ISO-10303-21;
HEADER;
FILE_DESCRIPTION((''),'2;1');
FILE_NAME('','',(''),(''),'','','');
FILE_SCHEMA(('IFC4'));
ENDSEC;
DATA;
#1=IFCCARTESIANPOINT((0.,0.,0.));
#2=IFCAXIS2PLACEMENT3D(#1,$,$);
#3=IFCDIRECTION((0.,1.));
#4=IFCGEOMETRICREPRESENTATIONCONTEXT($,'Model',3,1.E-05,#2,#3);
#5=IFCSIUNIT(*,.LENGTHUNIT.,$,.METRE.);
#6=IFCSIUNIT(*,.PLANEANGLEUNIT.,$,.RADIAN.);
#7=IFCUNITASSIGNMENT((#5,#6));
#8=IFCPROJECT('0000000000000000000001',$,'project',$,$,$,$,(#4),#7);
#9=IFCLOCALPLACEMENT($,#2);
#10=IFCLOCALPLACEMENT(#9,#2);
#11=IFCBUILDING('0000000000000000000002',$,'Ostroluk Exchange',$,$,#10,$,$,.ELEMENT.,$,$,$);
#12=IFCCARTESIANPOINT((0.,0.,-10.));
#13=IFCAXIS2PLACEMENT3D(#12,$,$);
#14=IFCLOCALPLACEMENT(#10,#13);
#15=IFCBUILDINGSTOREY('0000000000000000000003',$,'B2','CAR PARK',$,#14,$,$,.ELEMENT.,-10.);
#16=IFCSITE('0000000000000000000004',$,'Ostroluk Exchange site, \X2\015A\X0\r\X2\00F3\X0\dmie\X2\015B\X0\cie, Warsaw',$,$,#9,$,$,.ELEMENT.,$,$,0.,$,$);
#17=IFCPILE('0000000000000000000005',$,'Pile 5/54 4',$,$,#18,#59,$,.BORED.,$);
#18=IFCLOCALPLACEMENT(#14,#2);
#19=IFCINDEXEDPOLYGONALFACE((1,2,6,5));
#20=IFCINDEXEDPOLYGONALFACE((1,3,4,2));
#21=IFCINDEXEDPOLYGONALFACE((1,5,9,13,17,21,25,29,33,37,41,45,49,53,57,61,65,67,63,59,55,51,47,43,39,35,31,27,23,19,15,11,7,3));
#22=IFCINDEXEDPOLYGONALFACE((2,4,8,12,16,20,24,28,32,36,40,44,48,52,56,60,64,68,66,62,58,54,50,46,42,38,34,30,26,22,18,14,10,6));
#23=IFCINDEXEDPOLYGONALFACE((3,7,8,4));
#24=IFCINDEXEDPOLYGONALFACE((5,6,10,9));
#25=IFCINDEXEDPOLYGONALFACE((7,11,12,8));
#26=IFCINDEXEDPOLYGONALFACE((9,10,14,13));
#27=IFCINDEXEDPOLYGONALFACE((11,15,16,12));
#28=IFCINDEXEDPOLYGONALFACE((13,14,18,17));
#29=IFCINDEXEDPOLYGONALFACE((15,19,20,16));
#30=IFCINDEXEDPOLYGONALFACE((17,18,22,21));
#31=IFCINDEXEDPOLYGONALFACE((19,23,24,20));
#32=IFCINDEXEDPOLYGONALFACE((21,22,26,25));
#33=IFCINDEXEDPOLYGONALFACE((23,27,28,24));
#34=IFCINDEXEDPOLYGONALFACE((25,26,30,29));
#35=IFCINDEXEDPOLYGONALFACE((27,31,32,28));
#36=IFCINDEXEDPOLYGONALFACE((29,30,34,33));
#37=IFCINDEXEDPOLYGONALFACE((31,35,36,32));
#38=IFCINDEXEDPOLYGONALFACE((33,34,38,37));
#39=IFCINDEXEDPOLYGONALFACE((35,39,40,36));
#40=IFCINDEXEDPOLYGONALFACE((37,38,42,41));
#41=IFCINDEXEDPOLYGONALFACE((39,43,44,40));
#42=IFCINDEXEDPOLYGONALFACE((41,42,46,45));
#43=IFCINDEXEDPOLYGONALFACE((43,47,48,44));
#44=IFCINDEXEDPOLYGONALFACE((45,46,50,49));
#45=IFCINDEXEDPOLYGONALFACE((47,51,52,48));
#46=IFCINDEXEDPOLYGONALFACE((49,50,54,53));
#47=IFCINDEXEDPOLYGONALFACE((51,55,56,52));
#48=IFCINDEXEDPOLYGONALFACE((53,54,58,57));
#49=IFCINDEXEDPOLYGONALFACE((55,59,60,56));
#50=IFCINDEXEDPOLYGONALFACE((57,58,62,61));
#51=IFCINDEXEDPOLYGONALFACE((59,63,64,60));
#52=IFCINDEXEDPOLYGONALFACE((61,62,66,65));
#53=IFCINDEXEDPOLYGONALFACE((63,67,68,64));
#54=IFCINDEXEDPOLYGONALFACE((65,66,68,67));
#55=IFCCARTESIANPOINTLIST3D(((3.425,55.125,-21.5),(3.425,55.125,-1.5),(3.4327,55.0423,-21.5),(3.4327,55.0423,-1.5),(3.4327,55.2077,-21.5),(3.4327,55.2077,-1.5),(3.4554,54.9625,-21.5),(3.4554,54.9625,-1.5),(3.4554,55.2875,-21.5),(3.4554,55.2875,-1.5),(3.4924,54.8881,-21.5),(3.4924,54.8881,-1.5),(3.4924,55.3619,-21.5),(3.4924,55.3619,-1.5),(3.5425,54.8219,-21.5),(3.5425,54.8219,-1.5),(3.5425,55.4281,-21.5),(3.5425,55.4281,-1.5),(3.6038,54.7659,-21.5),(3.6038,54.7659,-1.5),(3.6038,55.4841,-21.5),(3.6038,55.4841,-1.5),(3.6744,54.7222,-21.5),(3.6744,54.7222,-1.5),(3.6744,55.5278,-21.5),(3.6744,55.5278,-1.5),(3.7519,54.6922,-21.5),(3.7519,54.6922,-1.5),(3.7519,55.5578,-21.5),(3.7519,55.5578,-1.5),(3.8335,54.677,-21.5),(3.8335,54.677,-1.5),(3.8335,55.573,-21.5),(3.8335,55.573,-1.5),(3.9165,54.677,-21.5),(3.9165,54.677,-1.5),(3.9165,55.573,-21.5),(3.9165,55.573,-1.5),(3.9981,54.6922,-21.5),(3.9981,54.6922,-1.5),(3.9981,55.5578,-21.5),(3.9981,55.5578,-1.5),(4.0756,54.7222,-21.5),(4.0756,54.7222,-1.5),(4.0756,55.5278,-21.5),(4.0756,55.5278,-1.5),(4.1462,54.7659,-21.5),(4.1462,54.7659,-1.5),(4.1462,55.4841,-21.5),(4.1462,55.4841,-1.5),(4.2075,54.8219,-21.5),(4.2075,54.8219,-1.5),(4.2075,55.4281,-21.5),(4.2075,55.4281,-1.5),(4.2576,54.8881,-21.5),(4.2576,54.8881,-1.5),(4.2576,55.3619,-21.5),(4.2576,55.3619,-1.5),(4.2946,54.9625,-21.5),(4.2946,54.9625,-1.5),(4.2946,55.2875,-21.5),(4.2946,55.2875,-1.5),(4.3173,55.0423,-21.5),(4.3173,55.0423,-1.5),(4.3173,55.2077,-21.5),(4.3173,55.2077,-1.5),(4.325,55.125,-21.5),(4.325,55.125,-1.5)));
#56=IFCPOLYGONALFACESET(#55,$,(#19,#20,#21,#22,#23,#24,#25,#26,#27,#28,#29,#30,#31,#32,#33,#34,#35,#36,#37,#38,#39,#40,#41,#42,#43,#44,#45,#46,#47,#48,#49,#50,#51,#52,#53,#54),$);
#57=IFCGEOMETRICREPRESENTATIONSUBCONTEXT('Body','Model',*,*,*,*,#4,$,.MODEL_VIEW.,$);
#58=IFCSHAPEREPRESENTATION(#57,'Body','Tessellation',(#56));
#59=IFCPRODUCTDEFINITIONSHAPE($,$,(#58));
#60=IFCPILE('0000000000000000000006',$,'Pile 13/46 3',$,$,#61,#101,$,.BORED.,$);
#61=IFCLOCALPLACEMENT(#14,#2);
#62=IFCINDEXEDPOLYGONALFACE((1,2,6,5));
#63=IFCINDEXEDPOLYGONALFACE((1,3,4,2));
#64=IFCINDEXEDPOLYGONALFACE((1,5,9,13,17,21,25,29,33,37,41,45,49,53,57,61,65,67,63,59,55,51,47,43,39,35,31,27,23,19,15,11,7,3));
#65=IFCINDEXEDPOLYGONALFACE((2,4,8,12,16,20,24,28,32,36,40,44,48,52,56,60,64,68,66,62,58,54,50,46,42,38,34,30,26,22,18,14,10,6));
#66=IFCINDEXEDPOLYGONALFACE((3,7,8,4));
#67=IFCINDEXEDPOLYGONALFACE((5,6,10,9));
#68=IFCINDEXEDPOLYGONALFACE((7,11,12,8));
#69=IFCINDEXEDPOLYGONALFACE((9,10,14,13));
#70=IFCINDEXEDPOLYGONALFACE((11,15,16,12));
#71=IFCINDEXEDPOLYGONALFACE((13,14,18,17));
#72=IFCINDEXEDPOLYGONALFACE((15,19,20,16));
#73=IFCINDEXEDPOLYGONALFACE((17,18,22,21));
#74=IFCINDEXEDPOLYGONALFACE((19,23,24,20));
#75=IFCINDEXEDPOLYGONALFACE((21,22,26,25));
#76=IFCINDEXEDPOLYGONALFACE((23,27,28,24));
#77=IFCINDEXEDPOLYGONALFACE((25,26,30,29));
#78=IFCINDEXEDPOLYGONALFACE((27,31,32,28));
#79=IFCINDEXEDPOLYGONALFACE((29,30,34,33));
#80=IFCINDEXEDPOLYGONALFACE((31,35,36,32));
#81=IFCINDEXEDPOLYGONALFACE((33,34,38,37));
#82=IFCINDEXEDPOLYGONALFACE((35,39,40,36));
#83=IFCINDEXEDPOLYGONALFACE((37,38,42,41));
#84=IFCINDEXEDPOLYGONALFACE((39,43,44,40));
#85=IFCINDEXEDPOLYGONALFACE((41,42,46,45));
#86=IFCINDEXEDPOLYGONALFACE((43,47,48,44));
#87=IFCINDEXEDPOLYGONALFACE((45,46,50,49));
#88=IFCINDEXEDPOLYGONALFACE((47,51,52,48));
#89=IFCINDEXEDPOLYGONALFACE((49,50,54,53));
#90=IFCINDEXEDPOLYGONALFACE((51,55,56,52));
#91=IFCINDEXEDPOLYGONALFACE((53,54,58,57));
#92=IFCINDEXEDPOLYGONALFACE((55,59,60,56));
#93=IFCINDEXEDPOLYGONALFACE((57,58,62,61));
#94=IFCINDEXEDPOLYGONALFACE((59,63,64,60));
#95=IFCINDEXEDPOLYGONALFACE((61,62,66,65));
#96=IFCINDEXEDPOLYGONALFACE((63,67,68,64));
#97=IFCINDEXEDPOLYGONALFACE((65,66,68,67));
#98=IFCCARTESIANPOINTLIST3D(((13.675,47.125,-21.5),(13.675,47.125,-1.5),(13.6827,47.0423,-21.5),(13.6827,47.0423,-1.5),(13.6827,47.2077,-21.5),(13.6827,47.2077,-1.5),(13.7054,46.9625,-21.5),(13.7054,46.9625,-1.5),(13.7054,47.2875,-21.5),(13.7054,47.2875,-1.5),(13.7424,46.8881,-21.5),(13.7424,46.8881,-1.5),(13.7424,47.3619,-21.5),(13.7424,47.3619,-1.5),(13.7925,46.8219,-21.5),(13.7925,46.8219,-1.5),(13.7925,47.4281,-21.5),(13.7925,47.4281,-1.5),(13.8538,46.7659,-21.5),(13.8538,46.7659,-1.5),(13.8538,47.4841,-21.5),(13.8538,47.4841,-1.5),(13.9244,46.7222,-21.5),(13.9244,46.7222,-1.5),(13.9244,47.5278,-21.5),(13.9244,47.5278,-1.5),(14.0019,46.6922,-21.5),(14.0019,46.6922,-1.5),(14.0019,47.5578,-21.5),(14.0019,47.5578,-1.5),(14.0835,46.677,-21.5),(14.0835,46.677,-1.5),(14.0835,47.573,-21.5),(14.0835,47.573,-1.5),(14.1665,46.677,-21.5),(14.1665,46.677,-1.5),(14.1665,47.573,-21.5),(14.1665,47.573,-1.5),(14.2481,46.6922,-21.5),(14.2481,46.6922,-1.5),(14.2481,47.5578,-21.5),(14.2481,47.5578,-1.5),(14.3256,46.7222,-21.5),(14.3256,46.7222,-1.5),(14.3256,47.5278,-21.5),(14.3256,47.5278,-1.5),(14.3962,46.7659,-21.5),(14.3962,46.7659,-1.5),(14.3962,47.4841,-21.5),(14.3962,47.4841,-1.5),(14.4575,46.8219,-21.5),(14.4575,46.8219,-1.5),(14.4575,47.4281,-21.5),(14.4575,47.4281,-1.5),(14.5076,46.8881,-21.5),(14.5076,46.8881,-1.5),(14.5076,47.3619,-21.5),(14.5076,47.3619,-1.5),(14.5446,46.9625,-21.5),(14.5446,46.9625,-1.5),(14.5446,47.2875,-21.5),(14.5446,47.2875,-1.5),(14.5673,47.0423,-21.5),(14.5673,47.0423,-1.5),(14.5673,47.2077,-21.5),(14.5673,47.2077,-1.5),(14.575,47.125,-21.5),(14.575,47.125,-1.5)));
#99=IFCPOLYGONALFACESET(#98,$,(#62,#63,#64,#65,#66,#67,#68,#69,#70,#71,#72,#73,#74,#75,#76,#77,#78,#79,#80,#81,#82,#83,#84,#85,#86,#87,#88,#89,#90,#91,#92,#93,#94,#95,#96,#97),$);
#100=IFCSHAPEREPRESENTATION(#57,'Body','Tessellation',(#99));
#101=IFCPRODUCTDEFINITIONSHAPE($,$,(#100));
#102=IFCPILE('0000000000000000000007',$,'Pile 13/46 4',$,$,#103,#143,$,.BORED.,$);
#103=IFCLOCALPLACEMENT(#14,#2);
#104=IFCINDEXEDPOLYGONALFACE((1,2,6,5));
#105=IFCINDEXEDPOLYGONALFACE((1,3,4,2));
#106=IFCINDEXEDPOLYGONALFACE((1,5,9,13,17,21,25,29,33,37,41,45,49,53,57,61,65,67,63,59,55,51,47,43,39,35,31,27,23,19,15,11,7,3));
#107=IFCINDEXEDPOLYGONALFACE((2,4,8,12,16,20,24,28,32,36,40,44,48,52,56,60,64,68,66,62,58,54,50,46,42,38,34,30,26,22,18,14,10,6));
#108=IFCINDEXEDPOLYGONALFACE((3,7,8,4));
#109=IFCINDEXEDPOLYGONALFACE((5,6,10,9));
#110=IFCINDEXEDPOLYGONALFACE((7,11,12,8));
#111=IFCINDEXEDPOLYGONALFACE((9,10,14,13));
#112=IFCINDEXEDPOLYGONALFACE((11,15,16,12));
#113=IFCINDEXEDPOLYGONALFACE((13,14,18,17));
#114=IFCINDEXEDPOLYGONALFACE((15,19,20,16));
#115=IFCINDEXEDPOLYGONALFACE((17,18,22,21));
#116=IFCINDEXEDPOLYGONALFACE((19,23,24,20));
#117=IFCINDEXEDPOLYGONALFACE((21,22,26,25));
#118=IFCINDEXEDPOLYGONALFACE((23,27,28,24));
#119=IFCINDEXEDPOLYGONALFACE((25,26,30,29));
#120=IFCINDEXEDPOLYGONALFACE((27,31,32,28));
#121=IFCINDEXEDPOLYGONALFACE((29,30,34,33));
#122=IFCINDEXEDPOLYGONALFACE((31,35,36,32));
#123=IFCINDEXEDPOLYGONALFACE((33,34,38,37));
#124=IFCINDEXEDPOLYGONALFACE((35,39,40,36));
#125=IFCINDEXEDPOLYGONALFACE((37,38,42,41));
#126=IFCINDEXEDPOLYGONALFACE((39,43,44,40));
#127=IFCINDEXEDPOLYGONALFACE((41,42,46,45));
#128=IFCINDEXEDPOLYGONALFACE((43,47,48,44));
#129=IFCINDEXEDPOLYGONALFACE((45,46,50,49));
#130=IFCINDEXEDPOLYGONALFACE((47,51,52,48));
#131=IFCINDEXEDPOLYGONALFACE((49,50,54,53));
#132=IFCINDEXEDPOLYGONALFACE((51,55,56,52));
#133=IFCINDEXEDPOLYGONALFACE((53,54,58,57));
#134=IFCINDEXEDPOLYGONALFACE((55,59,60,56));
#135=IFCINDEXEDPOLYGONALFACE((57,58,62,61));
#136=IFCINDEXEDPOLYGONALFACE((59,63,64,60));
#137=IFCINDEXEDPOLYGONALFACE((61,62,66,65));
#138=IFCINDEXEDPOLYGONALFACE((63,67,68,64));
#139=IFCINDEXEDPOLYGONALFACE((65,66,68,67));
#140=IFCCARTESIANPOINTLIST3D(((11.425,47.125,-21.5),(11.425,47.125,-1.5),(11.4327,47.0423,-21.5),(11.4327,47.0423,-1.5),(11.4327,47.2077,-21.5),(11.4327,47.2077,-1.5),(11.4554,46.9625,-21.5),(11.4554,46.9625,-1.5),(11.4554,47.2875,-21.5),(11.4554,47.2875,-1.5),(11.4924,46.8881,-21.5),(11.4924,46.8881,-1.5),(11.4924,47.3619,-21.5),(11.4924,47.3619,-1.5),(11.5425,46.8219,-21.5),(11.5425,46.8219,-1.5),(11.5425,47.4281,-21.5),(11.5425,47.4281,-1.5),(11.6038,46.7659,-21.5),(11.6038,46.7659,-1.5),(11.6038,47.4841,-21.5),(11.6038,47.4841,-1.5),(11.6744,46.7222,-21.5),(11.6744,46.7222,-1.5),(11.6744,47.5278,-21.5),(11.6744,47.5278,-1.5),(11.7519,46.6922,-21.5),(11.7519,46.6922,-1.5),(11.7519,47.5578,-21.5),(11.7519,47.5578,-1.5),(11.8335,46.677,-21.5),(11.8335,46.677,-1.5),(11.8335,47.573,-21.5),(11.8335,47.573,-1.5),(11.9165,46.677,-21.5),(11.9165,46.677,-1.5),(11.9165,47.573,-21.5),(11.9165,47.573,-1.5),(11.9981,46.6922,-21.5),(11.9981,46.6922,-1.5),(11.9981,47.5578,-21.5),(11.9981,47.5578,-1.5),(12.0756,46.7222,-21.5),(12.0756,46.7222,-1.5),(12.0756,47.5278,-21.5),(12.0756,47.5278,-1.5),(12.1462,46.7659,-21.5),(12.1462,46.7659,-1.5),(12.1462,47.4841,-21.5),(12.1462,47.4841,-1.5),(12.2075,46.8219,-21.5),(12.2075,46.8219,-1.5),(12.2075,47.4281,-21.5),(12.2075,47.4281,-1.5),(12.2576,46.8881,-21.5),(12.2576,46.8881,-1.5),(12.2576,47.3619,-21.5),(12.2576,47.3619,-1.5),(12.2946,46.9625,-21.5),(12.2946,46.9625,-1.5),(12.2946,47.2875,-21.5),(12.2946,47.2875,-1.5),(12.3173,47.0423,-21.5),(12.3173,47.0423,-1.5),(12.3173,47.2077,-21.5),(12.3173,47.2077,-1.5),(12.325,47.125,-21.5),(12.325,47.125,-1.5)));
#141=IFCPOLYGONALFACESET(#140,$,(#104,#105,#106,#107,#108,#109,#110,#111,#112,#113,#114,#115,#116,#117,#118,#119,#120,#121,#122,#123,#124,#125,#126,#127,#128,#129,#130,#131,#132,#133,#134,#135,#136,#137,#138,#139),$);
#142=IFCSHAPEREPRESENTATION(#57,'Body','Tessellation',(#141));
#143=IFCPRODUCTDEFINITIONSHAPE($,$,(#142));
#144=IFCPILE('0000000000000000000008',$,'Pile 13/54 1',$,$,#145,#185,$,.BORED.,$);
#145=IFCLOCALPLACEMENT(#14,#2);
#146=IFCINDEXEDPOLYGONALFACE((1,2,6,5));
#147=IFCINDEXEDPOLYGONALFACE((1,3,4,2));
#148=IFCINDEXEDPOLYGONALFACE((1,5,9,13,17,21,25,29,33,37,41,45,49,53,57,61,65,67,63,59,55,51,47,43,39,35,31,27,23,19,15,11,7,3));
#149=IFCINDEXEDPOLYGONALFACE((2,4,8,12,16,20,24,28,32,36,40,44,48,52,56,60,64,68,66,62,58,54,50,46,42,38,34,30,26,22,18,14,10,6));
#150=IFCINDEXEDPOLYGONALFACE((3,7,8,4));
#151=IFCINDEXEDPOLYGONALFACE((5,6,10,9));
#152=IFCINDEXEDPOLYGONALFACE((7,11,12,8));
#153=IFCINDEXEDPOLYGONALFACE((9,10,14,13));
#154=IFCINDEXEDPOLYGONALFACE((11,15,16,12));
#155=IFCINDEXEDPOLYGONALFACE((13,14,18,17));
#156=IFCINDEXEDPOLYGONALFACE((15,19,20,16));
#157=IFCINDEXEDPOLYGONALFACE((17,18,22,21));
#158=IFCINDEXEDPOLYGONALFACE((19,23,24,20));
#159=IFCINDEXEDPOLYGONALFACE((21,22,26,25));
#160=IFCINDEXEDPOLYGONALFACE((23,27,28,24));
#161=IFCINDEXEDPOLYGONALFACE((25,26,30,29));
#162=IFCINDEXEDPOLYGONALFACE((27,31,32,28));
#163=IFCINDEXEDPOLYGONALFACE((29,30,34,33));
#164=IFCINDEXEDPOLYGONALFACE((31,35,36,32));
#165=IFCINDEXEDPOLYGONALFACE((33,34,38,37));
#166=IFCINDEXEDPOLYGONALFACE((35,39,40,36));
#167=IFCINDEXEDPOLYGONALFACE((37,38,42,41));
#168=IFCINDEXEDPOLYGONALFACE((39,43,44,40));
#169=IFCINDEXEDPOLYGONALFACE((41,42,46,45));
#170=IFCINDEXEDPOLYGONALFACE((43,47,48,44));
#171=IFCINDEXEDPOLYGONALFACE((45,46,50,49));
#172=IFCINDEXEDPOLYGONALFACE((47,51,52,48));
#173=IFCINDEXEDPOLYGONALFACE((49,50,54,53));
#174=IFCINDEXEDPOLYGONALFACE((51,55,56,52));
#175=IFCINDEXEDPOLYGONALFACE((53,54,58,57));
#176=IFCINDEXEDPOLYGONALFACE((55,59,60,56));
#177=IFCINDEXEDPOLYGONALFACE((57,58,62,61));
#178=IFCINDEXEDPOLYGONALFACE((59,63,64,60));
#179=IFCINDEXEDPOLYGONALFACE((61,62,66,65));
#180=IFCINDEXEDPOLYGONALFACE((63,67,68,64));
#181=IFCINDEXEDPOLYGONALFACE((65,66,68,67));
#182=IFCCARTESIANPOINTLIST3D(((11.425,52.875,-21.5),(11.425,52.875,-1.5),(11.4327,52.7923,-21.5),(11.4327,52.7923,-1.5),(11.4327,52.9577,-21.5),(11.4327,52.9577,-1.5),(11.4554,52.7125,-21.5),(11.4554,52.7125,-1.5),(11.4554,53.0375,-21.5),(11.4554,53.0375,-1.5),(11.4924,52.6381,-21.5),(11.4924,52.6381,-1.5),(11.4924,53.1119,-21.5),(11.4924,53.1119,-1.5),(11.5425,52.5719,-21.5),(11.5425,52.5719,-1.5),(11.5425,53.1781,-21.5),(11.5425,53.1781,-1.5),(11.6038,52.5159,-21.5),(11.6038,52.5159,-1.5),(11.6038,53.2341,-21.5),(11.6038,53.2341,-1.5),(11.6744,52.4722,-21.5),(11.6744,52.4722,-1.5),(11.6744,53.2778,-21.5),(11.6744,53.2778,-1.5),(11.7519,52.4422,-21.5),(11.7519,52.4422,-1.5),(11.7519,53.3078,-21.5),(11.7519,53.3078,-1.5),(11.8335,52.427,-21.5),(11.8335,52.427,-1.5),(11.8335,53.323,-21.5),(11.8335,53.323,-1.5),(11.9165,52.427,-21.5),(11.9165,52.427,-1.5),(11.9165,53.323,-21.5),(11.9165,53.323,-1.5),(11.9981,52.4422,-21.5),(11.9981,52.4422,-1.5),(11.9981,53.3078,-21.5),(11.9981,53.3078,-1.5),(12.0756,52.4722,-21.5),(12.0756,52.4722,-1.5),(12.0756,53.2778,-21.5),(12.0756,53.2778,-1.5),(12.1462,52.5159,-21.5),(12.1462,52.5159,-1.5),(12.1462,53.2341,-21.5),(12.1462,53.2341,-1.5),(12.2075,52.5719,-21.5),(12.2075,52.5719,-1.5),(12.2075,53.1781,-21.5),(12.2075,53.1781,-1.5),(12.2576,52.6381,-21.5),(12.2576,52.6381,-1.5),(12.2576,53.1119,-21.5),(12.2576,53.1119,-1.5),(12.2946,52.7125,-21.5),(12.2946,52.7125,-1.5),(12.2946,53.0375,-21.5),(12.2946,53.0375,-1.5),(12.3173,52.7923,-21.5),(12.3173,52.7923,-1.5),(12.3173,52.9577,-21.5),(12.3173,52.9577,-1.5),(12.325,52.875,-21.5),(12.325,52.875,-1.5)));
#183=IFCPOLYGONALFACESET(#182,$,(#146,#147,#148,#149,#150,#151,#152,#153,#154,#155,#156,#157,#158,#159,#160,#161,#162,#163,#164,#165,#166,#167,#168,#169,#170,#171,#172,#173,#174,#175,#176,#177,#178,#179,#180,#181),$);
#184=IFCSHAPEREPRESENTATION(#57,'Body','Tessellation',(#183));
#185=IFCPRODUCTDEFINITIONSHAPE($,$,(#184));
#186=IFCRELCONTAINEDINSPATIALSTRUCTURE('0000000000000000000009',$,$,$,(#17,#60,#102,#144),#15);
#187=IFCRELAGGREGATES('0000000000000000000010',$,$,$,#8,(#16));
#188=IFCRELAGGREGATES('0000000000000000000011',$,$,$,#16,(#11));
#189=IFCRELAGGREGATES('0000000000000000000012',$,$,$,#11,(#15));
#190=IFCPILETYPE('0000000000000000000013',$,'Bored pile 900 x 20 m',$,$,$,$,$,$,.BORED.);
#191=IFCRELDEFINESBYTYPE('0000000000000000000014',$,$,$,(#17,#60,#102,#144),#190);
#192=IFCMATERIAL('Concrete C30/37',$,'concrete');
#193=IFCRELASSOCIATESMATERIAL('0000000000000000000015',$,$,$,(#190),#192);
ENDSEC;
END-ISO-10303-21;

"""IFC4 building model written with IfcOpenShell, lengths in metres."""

from ifc_helpers import new_model, si_unit, direction, frame, origin, origin_2d, place, context, subcontext, project, spatial, circle, extrude, material, type_object, element, save


model = new_model("IFC4")

# Units and contexts
model_context = context("Model", 3, precision=1e-05, world=origin(), true_north=direction((0.0, 1.0)))
body_context = subcontext(model_context, "Body", "Model", "MODEL_VIEW")
ifc_project = project(units=[si_unit("LENGTHUNIT", "METRE"), si_unit("PLANEANGLEUNIT", "RADIAN")], contexts=[model_context])

# Site, building, storey
site_placement = place(None, origin())
site = spatial("IfcSite", under=ifc_project, at=site_placement, Name="Ostroluk Exchange site, Śródmieście, Warsaw", CompositionType="ELEMENT", RefElevation=0.0)
building_placement = place(site_placement, origin())
building = spatial("IfcBuilding", under=site, at=building_placement, Name="Ostroluk Exchange", CompositionType="ELEMENT")
storey_placement = place(building_placement, frame((0.0, 0.0, -10.0)))
storey = spatial("IfcBuildingStorey", under=building, at=storey_placement, Name="B2", Description="CAR PARK", CompositionType="ELEMENT", Elevation=-10.0)

# Piles
ifc_material_1 = material(Name="Concrete C30/37", Category="concrete")
pile_type_1 = type_object("IfcPileType", Name="Bored pile 900 x 20 m", PredefinedType="BORED", material=ifc_material_1)
for number, where, z_axis, x_axis, name in (
    (1, (3.875, 55.125, -1.5), (0.0, 0.0, -1.0), (1.0, 0.0, 0.0), "Pile 5/54 4"),
    (2, (14.125, 47.125, -1.5), (0.0, 0.0, -1.0), (1.0, 0.0, 0.0), "Pile 13/46 3"),
    (3, (11.875, 47.125, -1.5), (0.0, 0.0, -1.0), (1.0, 0.0, 0.0), "Pile 13/46 4"),
    (4, (11.875, 52.875, -1.5), (0.0, 0.0, -1.0), (1.0, 0.0, 0.0), "Pile 13/54 1"),
):
    element("IfcPile", number, at=place(storey_placement, frame(where, z_axis=z_axis, x_axis=x_axis)), inside=storey, type_object=pile_type_1, Name=name, PredefinedType="BORED", context=body_context, shape_type="SweptSolid", body=[
        extrude(circle(Radius=0.45, at=origin_2d()), origin(), (0.0, 0.0, 1.0), 20.0),
    ])

save(model, "model.ifc")
